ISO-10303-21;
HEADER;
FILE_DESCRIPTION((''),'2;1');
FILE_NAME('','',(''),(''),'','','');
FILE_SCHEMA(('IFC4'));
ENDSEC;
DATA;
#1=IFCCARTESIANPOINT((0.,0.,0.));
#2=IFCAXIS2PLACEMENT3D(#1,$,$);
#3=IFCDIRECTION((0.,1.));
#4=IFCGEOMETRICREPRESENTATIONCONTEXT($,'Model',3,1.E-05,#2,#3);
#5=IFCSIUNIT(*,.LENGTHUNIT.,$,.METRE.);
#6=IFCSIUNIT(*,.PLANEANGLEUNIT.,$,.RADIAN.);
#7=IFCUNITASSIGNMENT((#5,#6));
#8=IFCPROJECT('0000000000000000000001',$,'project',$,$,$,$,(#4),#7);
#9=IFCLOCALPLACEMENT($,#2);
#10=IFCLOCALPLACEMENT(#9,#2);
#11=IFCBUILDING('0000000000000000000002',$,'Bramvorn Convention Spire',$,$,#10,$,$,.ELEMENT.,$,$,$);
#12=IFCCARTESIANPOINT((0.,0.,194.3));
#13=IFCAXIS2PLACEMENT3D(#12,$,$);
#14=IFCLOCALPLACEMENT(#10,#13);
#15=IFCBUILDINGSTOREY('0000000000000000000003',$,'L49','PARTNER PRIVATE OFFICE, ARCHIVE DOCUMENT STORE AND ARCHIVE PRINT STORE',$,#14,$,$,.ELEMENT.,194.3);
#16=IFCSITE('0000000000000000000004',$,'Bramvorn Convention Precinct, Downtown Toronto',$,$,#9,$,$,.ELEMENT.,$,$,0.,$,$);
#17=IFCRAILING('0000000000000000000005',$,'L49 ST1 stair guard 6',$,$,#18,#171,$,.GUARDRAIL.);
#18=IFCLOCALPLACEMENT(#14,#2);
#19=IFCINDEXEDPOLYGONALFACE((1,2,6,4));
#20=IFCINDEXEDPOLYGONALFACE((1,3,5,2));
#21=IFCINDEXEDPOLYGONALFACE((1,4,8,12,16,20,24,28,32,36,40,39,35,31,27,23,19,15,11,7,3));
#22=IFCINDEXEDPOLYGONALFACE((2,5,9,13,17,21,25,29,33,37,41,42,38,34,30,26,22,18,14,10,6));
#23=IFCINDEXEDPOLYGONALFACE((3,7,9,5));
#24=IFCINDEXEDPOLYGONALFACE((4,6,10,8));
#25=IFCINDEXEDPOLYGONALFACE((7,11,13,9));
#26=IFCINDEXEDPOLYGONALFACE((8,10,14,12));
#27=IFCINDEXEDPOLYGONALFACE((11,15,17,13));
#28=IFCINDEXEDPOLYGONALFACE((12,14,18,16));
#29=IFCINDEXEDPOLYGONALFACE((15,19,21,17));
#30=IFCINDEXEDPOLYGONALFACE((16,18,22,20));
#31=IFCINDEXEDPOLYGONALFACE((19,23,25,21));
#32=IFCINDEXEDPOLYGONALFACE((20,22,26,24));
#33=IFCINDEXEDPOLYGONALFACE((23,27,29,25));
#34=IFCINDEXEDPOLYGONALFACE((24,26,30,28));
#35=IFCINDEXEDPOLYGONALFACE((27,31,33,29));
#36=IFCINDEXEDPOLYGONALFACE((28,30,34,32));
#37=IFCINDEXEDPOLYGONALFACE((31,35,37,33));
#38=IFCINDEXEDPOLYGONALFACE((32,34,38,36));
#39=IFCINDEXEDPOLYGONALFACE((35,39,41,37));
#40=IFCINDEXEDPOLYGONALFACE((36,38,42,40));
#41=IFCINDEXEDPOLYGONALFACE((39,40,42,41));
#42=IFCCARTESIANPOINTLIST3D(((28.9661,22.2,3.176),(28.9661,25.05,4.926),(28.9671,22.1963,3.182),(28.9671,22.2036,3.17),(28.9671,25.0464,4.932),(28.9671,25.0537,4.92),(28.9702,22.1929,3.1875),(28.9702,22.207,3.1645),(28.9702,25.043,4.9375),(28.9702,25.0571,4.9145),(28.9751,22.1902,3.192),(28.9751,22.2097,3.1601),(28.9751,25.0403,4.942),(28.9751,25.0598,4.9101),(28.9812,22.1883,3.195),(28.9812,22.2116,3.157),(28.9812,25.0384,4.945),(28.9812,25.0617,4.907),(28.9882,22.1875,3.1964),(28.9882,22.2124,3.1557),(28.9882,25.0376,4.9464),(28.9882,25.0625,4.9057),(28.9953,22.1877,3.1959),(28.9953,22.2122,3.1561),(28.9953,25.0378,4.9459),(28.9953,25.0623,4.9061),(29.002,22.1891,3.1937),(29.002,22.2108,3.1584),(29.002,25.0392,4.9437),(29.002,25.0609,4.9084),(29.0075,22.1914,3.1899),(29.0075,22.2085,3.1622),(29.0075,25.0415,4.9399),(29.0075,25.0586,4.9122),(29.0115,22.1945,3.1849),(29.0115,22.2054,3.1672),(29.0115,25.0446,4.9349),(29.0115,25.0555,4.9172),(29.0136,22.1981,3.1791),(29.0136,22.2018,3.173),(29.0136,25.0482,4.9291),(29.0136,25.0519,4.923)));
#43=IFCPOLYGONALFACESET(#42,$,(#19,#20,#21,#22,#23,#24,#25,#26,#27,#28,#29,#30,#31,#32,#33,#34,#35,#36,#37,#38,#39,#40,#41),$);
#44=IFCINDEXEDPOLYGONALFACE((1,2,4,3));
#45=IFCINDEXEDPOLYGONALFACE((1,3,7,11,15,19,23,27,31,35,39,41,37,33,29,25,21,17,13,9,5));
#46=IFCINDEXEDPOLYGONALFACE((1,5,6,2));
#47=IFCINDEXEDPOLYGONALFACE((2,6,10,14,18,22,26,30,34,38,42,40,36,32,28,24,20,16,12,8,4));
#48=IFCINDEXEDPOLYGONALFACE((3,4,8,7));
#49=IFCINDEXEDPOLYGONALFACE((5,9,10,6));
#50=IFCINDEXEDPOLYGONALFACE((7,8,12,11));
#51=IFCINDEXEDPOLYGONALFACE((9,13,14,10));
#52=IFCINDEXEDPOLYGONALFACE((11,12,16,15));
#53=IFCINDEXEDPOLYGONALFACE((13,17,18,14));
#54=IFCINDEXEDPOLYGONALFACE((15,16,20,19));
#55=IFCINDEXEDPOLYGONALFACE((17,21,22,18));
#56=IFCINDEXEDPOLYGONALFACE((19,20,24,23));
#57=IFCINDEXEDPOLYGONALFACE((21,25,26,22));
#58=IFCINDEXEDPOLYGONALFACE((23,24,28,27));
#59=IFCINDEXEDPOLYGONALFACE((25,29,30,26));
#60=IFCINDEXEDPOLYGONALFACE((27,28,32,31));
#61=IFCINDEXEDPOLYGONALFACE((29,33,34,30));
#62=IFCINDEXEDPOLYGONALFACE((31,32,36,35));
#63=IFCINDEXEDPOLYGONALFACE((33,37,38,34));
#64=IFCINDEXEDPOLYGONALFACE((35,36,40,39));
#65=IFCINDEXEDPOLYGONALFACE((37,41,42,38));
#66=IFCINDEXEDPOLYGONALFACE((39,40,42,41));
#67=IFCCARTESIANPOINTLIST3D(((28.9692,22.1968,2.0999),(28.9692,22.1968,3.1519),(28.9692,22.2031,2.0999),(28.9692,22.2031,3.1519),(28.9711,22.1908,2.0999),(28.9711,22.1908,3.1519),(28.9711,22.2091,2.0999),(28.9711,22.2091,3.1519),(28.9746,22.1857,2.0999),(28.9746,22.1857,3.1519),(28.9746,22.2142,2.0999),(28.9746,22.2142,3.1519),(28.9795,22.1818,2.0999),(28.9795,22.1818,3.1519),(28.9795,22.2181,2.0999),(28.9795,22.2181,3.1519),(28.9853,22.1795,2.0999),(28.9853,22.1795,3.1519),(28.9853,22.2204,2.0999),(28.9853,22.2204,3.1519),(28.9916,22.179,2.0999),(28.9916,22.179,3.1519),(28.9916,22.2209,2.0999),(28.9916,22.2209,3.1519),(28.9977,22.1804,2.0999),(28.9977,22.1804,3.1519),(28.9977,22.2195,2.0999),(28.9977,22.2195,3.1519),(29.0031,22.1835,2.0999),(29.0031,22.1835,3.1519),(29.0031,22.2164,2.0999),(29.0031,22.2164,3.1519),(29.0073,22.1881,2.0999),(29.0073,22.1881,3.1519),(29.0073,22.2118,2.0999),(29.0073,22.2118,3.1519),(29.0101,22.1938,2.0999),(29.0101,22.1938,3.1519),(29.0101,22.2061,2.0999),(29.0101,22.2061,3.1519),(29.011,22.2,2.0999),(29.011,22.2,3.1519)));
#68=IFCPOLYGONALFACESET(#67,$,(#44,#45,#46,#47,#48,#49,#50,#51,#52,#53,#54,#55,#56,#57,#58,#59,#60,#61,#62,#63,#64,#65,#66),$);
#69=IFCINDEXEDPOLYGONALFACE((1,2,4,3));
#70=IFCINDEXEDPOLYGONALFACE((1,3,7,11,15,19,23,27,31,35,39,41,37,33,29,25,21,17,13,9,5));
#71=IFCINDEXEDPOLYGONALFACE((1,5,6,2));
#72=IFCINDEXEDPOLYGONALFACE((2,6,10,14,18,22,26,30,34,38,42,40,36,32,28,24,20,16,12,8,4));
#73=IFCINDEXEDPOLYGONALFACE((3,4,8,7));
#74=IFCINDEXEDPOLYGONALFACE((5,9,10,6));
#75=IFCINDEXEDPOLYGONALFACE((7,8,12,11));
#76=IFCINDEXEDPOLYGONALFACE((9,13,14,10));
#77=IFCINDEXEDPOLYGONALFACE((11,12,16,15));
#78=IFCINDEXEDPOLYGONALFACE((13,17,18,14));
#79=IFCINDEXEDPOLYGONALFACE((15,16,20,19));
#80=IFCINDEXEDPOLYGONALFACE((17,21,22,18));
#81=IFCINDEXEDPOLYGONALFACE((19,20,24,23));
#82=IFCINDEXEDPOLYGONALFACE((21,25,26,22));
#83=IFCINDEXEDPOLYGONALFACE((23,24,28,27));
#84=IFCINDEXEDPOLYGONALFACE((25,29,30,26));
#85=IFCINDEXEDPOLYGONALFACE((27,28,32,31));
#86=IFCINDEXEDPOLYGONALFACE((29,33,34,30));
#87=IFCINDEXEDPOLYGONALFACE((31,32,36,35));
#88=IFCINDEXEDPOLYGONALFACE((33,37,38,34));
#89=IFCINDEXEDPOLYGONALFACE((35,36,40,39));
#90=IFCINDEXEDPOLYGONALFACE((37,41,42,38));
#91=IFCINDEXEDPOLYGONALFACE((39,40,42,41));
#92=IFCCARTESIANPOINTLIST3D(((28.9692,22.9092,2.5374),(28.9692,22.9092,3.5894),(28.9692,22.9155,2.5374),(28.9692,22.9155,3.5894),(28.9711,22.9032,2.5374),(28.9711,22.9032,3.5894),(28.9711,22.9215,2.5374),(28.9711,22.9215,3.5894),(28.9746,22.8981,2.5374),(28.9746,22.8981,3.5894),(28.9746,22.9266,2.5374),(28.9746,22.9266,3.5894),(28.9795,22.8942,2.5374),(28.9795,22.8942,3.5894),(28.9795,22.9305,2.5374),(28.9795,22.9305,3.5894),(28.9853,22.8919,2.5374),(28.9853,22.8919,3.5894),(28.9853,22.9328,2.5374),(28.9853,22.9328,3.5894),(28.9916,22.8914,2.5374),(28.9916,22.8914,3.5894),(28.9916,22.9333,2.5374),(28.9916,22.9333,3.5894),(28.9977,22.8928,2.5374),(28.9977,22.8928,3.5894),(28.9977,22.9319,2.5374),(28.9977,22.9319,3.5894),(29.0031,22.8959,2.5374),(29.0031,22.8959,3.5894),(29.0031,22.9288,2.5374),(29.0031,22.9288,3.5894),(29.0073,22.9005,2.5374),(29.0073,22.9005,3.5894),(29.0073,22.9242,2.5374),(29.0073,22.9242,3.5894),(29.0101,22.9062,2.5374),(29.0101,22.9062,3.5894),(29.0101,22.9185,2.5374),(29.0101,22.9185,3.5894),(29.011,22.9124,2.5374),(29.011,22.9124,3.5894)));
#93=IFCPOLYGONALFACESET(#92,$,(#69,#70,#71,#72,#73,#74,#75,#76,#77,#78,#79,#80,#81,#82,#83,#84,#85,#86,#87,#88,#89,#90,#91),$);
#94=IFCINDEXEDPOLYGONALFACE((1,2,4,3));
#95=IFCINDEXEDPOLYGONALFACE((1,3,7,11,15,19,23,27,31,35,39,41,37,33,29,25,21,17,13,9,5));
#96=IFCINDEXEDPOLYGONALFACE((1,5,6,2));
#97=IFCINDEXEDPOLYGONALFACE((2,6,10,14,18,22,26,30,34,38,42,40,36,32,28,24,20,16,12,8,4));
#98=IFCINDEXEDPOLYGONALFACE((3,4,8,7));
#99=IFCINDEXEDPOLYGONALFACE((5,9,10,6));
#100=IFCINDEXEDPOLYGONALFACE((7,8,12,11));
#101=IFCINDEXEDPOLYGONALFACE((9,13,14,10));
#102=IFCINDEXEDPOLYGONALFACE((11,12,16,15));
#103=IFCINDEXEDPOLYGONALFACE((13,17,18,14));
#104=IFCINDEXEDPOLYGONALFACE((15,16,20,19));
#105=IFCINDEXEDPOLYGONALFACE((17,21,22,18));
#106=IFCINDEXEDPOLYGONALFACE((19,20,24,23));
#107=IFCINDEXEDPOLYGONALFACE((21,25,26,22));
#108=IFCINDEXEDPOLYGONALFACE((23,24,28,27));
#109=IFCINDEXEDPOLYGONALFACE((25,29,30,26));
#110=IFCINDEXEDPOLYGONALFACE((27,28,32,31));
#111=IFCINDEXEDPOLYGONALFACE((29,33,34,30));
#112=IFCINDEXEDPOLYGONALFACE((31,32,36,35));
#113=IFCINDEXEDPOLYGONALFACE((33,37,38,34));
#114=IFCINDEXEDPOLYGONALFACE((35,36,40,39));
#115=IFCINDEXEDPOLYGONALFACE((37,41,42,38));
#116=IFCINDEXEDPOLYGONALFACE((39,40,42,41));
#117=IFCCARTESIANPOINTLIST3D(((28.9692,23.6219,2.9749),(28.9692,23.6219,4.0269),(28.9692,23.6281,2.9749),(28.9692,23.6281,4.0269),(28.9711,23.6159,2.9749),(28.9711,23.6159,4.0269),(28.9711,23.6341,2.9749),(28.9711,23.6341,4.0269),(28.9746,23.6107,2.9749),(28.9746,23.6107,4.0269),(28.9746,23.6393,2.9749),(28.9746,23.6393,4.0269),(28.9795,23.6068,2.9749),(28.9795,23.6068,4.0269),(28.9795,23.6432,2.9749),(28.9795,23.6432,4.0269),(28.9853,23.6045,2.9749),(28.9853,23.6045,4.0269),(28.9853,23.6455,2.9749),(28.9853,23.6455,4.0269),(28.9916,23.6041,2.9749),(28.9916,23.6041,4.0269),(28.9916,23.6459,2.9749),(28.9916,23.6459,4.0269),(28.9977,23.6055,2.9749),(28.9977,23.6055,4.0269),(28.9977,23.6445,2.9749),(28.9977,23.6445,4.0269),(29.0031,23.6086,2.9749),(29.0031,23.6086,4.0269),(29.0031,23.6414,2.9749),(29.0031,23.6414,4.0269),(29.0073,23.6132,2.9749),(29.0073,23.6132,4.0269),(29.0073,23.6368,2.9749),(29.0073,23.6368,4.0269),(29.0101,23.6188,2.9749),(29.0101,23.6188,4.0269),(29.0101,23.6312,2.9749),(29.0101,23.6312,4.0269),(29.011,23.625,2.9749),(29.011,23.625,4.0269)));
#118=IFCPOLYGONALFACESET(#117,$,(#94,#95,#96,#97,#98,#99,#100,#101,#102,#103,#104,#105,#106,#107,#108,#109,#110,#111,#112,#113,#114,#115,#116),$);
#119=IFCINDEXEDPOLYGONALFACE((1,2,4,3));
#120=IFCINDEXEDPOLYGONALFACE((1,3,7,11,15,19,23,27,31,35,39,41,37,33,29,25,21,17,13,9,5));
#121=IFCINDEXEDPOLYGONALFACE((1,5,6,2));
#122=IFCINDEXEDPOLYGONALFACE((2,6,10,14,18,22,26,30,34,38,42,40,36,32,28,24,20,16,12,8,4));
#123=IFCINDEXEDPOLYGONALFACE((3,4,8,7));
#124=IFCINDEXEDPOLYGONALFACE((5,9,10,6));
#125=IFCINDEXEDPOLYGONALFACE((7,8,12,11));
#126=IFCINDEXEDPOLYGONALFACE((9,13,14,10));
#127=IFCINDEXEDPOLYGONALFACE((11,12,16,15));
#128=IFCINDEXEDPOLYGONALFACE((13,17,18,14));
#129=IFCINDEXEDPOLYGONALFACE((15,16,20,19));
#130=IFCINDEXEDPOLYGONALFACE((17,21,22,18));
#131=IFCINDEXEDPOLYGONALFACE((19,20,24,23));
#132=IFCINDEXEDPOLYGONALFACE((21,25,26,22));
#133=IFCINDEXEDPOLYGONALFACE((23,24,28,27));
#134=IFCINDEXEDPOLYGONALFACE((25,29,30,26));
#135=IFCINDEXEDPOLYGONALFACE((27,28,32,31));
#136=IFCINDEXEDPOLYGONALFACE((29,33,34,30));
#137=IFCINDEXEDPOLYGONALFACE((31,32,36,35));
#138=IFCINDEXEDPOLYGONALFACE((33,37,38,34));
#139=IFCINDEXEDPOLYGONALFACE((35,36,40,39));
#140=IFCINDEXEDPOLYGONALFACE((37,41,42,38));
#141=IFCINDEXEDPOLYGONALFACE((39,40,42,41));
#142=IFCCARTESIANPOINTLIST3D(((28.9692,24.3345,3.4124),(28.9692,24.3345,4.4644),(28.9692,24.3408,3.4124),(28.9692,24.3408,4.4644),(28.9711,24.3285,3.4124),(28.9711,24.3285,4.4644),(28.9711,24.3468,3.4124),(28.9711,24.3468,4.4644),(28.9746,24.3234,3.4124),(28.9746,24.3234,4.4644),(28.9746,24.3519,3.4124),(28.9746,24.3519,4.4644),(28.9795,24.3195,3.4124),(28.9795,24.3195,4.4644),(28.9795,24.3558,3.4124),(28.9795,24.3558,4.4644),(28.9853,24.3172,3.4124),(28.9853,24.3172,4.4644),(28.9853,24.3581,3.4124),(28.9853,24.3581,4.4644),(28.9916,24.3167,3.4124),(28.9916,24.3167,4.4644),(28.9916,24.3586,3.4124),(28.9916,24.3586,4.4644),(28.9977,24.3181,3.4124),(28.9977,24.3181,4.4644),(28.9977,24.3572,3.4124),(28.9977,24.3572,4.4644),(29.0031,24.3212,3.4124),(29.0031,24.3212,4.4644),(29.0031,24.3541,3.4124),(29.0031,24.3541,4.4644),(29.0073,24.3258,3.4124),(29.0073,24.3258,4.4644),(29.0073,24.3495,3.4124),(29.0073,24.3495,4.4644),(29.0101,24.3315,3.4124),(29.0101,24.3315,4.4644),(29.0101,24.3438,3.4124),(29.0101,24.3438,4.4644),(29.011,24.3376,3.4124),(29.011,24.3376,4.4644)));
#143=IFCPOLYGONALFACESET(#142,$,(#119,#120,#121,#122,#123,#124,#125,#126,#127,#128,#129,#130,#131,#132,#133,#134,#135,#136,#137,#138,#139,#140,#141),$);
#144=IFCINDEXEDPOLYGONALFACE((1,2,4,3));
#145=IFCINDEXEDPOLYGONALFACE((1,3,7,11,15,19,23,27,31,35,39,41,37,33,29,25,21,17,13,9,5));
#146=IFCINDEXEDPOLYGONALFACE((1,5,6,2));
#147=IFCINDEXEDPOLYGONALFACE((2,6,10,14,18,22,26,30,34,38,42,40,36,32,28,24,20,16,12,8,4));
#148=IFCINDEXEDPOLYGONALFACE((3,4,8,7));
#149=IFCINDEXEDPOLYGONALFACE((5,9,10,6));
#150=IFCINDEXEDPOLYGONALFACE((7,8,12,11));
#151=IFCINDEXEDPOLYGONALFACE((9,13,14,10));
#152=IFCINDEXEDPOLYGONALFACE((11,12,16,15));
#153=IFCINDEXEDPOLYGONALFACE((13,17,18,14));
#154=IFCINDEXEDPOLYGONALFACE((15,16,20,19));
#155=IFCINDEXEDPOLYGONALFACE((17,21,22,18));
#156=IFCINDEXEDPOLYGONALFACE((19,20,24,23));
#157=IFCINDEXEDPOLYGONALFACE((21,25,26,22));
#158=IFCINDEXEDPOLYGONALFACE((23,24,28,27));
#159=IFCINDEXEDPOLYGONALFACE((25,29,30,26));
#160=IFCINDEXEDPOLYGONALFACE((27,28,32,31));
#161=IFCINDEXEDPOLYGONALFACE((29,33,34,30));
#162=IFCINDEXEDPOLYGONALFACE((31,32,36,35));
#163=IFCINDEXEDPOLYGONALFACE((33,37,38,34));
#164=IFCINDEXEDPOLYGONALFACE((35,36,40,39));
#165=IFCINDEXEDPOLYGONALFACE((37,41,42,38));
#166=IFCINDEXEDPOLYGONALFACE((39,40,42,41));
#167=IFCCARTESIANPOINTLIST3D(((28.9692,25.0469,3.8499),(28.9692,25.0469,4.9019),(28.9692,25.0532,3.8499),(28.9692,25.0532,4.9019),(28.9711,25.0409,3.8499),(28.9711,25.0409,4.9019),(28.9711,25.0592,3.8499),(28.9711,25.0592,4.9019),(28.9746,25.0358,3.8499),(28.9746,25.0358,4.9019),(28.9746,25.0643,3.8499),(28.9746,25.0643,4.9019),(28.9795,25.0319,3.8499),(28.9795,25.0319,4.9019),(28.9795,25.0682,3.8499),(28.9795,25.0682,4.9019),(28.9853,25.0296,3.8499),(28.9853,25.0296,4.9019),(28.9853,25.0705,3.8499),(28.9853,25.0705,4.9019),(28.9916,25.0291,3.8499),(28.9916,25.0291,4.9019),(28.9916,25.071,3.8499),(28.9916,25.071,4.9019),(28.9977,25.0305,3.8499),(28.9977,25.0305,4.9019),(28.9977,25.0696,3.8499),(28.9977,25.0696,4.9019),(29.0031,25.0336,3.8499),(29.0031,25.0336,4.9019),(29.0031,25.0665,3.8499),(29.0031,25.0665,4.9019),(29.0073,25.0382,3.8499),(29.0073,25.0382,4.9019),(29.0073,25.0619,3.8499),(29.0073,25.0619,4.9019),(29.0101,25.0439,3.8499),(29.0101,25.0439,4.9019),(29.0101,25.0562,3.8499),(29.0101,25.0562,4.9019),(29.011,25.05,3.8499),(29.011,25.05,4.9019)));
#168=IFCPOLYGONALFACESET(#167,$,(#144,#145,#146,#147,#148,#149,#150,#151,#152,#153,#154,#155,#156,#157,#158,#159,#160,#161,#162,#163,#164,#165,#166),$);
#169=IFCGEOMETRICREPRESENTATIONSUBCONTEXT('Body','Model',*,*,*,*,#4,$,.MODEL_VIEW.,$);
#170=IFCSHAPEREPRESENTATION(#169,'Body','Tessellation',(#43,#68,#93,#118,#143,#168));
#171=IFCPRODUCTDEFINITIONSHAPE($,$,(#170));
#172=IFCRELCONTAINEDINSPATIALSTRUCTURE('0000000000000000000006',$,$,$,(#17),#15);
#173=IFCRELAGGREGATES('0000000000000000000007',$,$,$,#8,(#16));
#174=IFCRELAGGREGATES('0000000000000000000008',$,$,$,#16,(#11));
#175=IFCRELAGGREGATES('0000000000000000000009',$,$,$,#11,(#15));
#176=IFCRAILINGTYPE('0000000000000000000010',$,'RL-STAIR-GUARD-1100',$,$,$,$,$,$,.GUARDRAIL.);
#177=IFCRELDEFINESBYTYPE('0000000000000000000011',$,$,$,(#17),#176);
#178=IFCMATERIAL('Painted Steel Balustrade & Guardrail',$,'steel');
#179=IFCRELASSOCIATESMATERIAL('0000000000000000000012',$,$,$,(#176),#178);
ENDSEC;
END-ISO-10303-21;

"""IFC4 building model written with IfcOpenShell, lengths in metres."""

from ifc_helpers import new_model, si_unit, direction, frame, origin, origin_2d, place, context, subcontext, project, spatial, circle, extrude, material, type_object, element, save


model = new_model("IFC4")

# Units and contexts
model_context = context("Model", 3, precision=1e-05, world=origin(), true_north=direction((0.0, 1.0)))
body_context = subcontext(model_context, "Body", "Model", "MODEL_VIEW")
ifc_project = project(units=[si_unit("LENGTHUNIT", "METRE"), si_unit("PLANEANGLEUNIT", "RADIAN")], contexts=[model_context])

# Site, building, storey
site_placement = place(None, origin())
site = spatial("IfcSite", under=ifc_project, at=site_placement, Name="Bramvorn Convention Precinct, Downtown Toronto", CompositionType="ELEMENT", RefElevation=0.0)
building_placement = place(site_placement, origin())
building = spatial("IfcBuilding", under=site, at=building_placement, Name="Bramvorn Convention Spire", CompositionType="ELEMENT")
storey_placement = place(building_placement, frame((0.0, 0.0, 194.3)))
storey = spatial("IfcBuildingStorey", under=building, at=storey_placement, Name="L49", Description="PARTNER PRIVATE OFFICE, ARCHIVE DOCUMENT STORE AND ARCHIVE PRINT STORE", CompositionType="ELEMENT", Elevation=194.3)

# Railing
ifc_material_1 = material(Name="Painted Steel Balustrade & Guardrail", Category="steel")
railing_type_1 = type_object("IfcRailingType", Name="RL-STAIR-GUARD-1100", PredefinedType="GUARDRAIL", material=ifc_material_1)
railing_1_placement = place(storey_placement, frame((28.99, 22.2, 2.0999)))
element("IfcRailing", 1, at=railing_1_placement, inside=storey, type_object=railing_type_1, Name="L49 ST1 stair guard 6", PredefinedType="GUARDRAIL", context=body_context, shape_type="SweptSolid", body=[
    extrude(circle(Radius=0.0239, at=origin_2d()), frame((0.0, 0.0, 1.0762), z_axis=(0.0, 0.852179, 0.52325), x_axis=(-1.0, 0.0, 0.0)), (0.0, 0.0, 1.0), 3.3445),
    extrude(circle(Radius=0.021, at=origin_2d()), origin(), (0.0, 0.0, 1.0), 1.052),
    extrude(circle(Radius=0.021, at=origin_2d()), frame((0.0, 0.7124, 0.4375)), (0.0, 0.0, 1.0), 1.052),
    extrude(circle(Radius=0.021, at=origin_2d()), frame((0.0, 1.425, 0.875)), (0.0, 0.0, 1.0), 1.052),
    extrude(circle(Radius=0.021, at=origin_2d()), frame((0.0, 2.1377, 1.3125)), (0.0, 0.0, 1.0), 1.052),
    extrude(circle(Radius=0.021, at=origin_2d()), frame((0.0, 2.8501, 1.75)), (0.0, 0.0, 1.0), 1.052),
])

save(model, "model.ifc")
